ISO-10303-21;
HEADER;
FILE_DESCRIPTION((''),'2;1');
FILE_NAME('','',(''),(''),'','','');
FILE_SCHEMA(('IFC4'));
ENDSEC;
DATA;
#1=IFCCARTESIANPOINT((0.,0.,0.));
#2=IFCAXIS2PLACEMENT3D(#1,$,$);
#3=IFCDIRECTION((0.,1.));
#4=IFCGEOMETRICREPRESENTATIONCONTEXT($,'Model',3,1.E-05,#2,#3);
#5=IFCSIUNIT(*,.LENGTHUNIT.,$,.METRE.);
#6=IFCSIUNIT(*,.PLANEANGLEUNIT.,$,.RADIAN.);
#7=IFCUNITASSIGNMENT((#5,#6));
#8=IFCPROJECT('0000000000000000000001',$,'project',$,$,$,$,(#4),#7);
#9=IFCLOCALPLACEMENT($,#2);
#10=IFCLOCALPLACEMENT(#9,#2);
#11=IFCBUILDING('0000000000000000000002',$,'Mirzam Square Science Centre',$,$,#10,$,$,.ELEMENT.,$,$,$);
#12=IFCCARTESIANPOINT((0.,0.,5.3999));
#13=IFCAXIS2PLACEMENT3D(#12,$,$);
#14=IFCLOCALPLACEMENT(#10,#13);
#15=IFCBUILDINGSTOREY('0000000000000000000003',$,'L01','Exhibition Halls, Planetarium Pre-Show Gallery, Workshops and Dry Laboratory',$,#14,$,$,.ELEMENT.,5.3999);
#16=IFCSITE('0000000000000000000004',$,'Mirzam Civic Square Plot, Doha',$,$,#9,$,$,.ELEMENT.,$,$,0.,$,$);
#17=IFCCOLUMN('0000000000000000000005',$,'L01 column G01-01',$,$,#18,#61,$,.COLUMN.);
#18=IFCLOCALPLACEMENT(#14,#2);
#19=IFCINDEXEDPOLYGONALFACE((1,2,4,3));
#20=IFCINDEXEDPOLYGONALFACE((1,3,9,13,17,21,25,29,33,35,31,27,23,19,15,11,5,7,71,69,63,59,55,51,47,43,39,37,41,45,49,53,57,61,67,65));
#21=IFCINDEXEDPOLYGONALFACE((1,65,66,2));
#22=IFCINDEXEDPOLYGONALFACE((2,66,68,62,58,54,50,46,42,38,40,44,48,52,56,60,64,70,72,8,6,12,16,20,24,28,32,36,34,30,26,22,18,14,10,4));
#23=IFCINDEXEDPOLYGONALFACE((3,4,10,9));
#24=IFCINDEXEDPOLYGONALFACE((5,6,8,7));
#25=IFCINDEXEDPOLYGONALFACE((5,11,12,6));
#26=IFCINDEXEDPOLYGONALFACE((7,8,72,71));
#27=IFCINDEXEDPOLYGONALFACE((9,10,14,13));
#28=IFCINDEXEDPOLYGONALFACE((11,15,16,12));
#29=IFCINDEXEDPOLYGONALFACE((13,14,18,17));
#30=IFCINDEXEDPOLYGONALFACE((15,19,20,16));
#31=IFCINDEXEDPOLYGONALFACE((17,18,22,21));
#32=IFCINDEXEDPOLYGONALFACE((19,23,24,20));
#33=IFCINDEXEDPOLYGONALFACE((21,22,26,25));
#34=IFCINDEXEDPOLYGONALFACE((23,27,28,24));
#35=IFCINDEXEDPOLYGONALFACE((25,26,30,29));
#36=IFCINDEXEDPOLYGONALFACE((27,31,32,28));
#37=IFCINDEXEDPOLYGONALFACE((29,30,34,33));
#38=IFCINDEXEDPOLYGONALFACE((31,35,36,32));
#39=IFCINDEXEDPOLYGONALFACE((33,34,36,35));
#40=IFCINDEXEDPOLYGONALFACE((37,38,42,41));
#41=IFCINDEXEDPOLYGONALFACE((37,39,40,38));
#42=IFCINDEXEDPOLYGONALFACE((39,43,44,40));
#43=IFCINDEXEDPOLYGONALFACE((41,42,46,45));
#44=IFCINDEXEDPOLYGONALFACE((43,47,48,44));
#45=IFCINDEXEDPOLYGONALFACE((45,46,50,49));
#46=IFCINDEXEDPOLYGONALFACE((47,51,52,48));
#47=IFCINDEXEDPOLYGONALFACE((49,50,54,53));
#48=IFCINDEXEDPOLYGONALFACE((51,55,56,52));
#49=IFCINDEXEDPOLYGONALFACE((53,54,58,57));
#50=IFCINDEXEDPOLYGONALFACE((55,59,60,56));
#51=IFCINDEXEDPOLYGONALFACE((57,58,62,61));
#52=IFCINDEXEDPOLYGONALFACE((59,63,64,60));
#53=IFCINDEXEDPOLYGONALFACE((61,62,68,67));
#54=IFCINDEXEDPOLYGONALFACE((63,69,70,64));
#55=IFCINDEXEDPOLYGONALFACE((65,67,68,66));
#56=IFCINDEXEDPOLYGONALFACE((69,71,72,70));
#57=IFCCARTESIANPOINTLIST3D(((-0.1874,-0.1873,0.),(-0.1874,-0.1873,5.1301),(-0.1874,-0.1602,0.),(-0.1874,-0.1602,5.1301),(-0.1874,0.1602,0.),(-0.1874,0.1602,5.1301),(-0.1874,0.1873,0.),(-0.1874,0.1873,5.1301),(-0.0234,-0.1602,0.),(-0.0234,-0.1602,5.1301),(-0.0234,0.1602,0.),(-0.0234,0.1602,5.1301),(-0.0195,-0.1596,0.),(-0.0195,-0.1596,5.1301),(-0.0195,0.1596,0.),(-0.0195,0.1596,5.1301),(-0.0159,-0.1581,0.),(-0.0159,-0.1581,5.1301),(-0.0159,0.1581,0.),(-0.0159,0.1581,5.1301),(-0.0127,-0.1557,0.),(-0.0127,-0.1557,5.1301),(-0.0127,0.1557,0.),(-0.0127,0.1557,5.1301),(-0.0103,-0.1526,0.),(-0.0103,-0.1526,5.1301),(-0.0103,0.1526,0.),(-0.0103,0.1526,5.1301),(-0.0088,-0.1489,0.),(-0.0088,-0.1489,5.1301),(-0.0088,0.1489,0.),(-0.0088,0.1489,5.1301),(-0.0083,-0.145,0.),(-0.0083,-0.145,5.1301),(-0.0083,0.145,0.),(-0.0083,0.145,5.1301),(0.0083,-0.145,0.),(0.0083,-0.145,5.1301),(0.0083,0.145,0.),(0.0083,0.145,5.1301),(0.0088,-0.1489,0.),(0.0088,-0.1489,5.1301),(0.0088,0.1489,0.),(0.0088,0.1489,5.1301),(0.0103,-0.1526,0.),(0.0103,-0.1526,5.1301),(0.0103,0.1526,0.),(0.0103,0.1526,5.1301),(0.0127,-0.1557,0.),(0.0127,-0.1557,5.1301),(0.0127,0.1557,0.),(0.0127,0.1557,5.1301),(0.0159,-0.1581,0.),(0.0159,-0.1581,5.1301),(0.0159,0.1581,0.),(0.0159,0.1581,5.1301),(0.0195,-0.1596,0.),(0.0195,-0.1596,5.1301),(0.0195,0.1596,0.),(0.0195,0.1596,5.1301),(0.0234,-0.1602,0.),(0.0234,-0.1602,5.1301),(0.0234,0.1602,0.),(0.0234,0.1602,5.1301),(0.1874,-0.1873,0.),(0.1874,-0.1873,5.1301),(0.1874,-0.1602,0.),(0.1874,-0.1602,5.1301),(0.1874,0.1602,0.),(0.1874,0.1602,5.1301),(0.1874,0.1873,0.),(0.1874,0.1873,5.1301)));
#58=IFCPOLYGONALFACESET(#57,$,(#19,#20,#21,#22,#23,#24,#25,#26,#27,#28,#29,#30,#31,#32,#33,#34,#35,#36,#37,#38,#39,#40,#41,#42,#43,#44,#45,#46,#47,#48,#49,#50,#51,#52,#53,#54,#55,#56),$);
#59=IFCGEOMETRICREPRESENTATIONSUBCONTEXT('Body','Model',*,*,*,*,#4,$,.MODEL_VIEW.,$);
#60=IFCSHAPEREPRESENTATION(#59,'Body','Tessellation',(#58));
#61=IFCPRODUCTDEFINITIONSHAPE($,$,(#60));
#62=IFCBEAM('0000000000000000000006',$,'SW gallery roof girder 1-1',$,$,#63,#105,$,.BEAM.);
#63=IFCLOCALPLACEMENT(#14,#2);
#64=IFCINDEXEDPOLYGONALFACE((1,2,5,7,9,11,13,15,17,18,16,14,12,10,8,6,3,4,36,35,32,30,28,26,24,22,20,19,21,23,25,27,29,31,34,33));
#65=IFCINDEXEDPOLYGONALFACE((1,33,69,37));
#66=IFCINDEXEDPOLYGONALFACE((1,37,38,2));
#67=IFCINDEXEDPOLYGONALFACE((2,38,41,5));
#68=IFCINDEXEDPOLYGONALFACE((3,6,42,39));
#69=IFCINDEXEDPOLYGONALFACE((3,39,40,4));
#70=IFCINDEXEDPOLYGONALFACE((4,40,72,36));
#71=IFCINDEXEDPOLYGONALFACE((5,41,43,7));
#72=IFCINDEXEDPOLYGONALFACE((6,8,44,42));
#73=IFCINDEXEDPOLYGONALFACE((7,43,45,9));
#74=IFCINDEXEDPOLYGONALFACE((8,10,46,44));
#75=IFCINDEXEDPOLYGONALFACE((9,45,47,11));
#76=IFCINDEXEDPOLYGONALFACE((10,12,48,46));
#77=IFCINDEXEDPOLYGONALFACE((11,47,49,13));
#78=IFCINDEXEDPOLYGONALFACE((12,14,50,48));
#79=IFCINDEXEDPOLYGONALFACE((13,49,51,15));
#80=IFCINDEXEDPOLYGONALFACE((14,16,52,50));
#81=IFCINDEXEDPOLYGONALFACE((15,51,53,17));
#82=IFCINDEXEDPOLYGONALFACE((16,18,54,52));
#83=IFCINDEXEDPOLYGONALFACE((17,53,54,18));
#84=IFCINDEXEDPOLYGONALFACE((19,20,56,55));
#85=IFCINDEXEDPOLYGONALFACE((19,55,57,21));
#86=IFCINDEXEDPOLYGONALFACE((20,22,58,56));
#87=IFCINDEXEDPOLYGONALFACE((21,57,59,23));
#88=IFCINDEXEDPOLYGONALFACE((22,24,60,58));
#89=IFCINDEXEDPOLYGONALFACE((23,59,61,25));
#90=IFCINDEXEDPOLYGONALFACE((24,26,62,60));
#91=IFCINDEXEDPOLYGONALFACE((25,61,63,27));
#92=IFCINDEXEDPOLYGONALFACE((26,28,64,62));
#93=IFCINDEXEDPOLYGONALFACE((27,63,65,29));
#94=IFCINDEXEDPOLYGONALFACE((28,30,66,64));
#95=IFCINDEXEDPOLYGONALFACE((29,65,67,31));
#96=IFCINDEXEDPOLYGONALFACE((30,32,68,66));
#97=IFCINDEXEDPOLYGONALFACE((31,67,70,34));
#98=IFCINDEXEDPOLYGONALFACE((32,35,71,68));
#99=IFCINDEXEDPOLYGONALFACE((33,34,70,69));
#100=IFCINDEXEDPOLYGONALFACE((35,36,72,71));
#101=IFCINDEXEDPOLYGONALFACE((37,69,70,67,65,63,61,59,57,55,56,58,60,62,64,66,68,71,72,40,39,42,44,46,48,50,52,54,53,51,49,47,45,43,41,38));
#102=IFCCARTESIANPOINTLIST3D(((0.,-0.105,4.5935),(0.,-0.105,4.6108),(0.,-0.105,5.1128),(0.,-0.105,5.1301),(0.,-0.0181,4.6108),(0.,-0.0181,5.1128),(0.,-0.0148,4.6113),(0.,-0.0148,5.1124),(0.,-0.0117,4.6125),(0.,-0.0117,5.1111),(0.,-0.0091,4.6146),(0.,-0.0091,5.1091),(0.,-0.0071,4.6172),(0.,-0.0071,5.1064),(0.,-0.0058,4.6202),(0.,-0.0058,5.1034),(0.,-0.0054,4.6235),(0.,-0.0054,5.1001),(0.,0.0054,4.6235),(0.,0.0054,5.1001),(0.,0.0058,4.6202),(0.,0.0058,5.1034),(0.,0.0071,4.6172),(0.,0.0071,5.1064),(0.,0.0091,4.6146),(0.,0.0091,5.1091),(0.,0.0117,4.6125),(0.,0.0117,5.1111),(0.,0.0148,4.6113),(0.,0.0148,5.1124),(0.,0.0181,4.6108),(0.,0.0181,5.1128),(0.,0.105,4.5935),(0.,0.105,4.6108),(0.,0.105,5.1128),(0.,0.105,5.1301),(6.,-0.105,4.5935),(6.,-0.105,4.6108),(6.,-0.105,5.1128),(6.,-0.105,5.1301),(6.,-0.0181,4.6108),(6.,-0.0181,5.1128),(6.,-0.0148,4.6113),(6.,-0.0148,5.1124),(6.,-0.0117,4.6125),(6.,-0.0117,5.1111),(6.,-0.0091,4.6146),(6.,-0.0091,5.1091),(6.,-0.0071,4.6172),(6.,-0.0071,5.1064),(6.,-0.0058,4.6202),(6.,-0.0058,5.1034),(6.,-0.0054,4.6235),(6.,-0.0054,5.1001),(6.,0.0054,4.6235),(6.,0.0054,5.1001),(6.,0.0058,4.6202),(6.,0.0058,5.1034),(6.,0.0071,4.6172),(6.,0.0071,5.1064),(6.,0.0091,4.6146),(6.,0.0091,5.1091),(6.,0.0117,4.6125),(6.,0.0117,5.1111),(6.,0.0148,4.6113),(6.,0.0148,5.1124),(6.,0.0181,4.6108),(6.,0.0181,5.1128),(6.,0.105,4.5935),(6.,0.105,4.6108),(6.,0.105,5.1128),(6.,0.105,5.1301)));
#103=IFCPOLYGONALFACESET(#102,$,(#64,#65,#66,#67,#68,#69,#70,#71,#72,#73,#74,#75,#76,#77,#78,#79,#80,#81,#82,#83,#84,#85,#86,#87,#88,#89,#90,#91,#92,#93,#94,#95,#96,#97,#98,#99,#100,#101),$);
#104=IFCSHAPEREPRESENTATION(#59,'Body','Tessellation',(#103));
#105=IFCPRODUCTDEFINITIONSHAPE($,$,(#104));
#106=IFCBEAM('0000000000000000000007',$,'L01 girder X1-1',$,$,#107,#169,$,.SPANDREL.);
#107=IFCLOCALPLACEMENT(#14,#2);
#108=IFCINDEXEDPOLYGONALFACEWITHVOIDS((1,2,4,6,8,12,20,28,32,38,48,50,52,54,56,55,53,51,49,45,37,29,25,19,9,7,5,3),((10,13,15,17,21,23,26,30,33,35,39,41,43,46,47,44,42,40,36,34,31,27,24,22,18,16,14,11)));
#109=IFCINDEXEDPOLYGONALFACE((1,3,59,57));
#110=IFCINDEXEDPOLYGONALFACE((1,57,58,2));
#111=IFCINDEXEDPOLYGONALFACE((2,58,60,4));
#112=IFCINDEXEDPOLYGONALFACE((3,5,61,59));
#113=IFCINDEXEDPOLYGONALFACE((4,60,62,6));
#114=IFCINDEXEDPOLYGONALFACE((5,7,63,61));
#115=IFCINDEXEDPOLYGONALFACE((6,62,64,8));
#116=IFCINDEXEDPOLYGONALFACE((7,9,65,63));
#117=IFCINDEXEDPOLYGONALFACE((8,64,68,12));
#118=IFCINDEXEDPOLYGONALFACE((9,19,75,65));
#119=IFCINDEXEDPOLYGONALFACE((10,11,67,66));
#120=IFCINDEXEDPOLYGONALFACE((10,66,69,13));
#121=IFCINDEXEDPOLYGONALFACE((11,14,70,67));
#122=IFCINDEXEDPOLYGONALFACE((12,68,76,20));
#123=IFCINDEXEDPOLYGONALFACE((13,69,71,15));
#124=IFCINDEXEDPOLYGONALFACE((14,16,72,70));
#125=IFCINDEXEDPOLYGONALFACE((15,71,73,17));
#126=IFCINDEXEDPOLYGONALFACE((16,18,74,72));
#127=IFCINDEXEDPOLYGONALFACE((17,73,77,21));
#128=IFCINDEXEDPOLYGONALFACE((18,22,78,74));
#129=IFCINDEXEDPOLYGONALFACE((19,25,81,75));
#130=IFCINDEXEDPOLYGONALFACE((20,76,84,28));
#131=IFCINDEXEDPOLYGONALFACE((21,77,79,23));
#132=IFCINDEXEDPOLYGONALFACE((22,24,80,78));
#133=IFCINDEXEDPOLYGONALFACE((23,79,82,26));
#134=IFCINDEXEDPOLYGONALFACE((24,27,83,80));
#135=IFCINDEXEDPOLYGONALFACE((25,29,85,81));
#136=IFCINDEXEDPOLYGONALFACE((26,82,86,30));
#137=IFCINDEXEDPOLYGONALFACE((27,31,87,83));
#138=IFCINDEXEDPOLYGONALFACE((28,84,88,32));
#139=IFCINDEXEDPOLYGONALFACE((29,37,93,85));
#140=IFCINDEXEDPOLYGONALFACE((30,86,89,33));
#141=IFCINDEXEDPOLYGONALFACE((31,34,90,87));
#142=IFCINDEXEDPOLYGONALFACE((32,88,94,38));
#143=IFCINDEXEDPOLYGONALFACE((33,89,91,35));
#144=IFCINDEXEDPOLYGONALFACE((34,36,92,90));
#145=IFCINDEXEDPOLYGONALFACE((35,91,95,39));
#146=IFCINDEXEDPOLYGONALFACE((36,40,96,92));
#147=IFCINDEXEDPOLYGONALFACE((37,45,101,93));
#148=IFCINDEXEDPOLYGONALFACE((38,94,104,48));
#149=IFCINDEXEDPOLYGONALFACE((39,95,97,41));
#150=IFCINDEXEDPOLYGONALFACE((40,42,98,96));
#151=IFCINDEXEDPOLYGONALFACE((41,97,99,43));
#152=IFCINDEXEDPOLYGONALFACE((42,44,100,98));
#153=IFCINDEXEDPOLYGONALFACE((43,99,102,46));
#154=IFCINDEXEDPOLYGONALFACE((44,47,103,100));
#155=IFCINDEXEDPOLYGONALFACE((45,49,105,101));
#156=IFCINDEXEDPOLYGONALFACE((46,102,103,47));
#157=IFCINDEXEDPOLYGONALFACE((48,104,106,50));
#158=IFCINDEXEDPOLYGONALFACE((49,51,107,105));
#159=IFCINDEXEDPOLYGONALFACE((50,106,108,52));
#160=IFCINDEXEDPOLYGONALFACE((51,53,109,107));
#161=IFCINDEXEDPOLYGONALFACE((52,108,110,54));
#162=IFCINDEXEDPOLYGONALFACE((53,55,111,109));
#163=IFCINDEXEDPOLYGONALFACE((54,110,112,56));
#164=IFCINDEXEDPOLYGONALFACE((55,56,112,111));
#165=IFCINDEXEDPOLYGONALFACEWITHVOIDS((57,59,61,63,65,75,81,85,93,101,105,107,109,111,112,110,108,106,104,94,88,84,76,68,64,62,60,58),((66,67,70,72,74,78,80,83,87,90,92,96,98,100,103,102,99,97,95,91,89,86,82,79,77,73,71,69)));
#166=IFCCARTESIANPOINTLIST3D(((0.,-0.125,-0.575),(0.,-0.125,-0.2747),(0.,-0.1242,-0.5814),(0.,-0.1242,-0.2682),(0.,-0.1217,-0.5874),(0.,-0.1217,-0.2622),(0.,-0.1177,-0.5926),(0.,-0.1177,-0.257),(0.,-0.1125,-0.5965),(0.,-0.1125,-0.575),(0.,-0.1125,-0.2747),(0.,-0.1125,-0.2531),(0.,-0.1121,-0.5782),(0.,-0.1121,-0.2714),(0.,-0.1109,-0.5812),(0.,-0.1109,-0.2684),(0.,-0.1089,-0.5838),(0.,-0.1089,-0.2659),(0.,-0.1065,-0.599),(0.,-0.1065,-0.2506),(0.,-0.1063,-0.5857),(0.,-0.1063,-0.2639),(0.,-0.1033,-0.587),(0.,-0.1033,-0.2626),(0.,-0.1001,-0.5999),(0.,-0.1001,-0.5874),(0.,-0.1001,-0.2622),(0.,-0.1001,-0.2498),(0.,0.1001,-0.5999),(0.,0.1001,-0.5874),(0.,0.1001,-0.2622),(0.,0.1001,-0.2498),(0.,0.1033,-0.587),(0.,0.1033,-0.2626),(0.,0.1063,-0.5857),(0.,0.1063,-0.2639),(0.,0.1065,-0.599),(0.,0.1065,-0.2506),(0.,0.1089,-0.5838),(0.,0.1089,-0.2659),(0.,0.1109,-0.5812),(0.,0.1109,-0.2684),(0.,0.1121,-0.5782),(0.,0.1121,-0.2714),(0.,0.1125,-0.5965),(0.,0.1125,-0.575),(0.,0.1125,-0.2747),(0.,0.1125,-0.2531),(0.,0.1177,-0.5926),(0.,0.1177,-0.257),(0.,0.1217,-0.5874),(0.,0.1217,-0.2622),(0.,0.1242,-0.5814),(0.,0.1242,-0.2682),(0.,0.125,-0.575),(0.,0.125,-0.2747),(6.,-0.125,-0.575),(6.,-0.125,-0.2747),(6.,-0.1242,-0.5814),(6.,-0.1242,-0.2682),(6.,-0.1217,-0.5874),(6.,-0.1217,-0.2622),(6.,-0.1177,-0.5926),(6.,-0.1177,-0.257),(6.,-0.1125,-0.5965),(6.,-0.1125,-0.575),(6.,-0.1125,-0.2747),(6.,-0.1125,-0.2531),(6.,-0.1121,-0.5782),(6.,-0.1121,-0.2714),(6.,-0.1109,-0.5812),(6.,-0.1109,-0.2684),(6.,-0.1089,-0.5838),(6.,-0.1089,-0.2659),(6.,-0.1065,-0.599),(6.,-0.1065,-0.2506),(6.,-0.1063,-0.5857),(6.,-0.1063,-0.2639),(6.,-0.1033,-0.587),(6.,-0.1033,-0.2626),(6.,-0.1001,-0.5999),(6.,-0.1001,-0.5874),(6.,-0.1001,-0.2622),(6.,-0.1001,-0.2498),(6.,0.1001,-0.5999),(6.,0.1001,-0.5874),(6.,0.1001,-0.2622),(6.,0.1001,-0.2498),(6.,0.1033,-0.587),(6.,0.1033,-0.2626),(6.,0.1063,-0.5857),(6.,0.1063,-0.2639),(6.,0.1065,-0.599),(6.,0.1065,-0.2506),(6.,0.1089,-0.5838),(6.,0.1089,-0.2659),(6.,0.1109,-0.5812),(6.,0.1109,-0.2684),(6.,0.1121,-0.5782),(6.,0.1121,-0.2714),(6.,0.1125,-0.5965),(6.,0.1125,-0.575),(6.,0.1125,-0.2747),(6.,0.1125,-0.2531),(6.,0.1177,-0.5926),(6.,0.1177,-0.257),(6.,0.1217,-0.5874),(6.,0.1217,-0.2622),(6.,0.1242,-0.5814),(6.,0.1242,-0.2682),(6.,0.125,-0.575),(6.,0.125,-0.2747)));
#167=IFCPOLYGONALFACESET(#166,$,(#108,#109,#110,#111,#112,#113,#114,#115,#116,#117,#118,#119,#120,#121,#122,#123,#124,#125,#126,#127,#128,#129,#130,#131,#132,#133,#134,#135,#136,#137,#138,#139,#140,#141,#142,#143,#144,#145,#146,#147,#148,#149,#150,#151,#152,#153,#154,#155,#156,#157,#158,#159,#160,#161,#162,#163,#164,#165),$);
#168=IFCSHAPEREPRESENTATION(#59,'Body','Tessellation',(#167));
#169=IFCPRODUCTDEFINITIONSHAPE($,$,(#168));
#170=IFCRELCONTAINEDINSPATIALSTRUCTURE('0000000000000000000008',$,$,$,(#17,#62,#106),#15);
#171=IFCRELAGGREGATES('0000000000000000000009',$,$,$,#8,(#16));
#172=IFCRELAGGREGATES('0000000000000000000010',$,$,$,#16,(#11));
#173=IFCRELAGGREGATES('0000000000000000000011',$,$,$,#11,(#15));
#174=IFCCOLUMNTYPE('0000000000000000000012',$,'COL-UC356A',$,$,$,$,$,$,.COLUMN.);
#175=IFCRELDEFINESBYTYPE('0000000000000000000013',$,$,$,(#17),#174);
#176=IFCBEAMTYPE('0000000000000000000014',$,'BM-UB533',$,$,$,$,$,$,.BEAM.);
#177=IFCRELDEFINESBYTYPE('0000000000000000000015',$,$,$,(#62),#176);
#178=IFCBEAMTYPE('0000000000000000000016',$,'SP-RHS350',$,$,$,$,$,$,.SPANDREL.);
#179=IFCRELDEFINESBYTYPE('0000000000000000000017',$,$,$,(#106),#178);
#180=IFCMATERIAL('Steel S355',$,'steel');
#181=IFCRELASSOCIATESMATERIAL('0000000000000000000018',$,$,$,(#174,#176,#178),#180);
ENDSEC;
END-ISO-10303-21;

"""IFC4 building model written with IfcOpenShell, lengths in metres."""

from ifc_helpers import new_model, si_unit, direction, frame, origin, origin_with_axes, origin_2d, place, context, subcontext, project, spatial, hollow_rectangle, i_section, extrude, material, material_profile, profile_set, type_object, element, save


model = new_model("IFC4")

# Units and contexts
model_context = context("Model", 3, precision=1e-05, world=origin(), true_north=direction((0.0, 1.0)))
body_context = subcontext(model_context, "Body", "Model", "MODEL_VIEW")
ifc_project = project(units=[si_unit("LENGTHUNIT", "METRE"), si_unit("PLANEANGLEUNIT", "RADIAN")], contexts=[model_context])

# Site, building, storey
site_placement = place(None, origin())
site = spatial("IfcSite", under=ifc_project, at=site_placement, Name="Mirzam Civic Square Plot, Doha", CompositionType="ELEMENT", RefElevation=0.0)
building_placement = place(site_placement, origin())
building = spatial("IfcBuilding", under=site, at=building_placement, Name="Mirzam Square Science Centre", CompositionType="ELEMENT")
storey_placement = place(building_placement, frame((0.0, 0.0, 5.3999)))
storey = spatial("IfcBuildingStorey", under=building, at=storey_placement, Name="L01", Description="Exhibition Halls, Planetarium Pre-Show Gallery, Workshops and Dry Laboratory", CompositionType="ELEMENT", Elevation=5.3999)

# Column
ifc_material_1 = material(Name="Steel S355", Category="steel")
ifc_material_profile_1 = material_profile(ifc_material_1, i_section(OverallWidth=0.3748, OverallDepth=0.3745, WebThickness=0.0166, FlangeThickness=0.0271, FilletRadius=0.0151, at=origin_2d()), Name="356x368x202UC")
ifc_profile_set_1 = profile_set([ifc_material_profile_1], Name="Steel S355")
column_type = type_object("IfcColumnType", Name="COL-UC356A", PredefinedType="COLUMN", material=ifc_profile_set_1)
column_placement = place(storey_placement, origin_with_axes())
element("IfcColumn", 1, at=column_placement, inside=storey, type_object=column_type, Name="L01 column G01-01", PredefinedType="COLUMN", context=body_context, shape_type="SweptSolid", body=[
    extrude(i_section(OverallWidth=0.3748, OverallDepth=0.3745, WebThickness=0.0166, FlangeThickness=0.0271, FilletRadius=0.0151, at=origin_2d()), origin(), (0.0, 0.0, 1.0), 5.1301),
])

# Beams
ifc_material_profile_2 = material_profile(ifc_material_1, i_section(OverallWidth=0.21, OverallDepth=0.5366, WebThickness=0.0107, FlangeThickness=0.0173, FilletRadius=0.0127, at=origin_2d()), Name="533x210x101UB")
ifc_profile_set_2 = profile_set([ifc_material_profile_2], Name="Steel S355")
beam_type_1 = type_object("IfcBeamType", Name="BM-UB533", PredefinedType="BEAM", material=ifc_profile_set_2)
beam_1_placement = place(storey_placement, frame((0.0, 0.0, 4.8618), z_axis=(1.0, 0.0, 0.0), x_axis=(0.0, 1.0, 0.0)))
element("IfcBeam", 2, at=beam_1_placement, inside=storey, type_object=beam_type_1, Name="SW gallery roof girder 1-1", PredefinedType="BEAM", context=body_context, shape_type="SweptSolid", body=[
    extrude(i_section(OverallWidth=0.21, OverallDepth=0.5366, WebThickness=0.0107, FlangeThickness=0.0173, FilletRadius=0.0127, at=origin_2d()), origin(), (0.0, 0.0, 1.0), 6.0),
])
ifc_material_profile_3 = material_profile(ifc_material_1, hollow_rectangle(XDim=0.25, YDim=0.3501, WallThickness=0.0125, InnerFilletRadius=0.0125, OuterFilletRadius=0.0249, at=origin_2d()), Name="350x250x12.5RHS")
ifc_profile_set_3 = profile_set([ifc_material_profile_3], Name="Steel S355")
beam_type_2 = type_object("IfcBeamType", Name="SP-RHS350", PredefinedType="SPANDREL", material=ifc_profile_set_3)
beam_2_placement = place(storey_placement, frame((0.0, 0.0, -0.4248), z_axis=(1.0, 0.0, 0.0), x_axis=(0.0, 1.0, 0.0)))
element("IfcBeam", 3, at=beam_2_placement, inside=storey, type_object=beam_type_2, Name="L01 girder X1-1", PredefinedType="SPANDREL", context=body_context, shape_type="SweptSolid", body=[
    extrude(hollow_rectangle(XDim=0.25, YDim=0.3501, WallThickness=0.0125, InnerFilletRadius=0.0125, OuterFilletRadius=0.0249, at=origin_2d()), origin(), (0.0, 0.0, 1.0), 6.0),
])

save(model, "model.ifc")
